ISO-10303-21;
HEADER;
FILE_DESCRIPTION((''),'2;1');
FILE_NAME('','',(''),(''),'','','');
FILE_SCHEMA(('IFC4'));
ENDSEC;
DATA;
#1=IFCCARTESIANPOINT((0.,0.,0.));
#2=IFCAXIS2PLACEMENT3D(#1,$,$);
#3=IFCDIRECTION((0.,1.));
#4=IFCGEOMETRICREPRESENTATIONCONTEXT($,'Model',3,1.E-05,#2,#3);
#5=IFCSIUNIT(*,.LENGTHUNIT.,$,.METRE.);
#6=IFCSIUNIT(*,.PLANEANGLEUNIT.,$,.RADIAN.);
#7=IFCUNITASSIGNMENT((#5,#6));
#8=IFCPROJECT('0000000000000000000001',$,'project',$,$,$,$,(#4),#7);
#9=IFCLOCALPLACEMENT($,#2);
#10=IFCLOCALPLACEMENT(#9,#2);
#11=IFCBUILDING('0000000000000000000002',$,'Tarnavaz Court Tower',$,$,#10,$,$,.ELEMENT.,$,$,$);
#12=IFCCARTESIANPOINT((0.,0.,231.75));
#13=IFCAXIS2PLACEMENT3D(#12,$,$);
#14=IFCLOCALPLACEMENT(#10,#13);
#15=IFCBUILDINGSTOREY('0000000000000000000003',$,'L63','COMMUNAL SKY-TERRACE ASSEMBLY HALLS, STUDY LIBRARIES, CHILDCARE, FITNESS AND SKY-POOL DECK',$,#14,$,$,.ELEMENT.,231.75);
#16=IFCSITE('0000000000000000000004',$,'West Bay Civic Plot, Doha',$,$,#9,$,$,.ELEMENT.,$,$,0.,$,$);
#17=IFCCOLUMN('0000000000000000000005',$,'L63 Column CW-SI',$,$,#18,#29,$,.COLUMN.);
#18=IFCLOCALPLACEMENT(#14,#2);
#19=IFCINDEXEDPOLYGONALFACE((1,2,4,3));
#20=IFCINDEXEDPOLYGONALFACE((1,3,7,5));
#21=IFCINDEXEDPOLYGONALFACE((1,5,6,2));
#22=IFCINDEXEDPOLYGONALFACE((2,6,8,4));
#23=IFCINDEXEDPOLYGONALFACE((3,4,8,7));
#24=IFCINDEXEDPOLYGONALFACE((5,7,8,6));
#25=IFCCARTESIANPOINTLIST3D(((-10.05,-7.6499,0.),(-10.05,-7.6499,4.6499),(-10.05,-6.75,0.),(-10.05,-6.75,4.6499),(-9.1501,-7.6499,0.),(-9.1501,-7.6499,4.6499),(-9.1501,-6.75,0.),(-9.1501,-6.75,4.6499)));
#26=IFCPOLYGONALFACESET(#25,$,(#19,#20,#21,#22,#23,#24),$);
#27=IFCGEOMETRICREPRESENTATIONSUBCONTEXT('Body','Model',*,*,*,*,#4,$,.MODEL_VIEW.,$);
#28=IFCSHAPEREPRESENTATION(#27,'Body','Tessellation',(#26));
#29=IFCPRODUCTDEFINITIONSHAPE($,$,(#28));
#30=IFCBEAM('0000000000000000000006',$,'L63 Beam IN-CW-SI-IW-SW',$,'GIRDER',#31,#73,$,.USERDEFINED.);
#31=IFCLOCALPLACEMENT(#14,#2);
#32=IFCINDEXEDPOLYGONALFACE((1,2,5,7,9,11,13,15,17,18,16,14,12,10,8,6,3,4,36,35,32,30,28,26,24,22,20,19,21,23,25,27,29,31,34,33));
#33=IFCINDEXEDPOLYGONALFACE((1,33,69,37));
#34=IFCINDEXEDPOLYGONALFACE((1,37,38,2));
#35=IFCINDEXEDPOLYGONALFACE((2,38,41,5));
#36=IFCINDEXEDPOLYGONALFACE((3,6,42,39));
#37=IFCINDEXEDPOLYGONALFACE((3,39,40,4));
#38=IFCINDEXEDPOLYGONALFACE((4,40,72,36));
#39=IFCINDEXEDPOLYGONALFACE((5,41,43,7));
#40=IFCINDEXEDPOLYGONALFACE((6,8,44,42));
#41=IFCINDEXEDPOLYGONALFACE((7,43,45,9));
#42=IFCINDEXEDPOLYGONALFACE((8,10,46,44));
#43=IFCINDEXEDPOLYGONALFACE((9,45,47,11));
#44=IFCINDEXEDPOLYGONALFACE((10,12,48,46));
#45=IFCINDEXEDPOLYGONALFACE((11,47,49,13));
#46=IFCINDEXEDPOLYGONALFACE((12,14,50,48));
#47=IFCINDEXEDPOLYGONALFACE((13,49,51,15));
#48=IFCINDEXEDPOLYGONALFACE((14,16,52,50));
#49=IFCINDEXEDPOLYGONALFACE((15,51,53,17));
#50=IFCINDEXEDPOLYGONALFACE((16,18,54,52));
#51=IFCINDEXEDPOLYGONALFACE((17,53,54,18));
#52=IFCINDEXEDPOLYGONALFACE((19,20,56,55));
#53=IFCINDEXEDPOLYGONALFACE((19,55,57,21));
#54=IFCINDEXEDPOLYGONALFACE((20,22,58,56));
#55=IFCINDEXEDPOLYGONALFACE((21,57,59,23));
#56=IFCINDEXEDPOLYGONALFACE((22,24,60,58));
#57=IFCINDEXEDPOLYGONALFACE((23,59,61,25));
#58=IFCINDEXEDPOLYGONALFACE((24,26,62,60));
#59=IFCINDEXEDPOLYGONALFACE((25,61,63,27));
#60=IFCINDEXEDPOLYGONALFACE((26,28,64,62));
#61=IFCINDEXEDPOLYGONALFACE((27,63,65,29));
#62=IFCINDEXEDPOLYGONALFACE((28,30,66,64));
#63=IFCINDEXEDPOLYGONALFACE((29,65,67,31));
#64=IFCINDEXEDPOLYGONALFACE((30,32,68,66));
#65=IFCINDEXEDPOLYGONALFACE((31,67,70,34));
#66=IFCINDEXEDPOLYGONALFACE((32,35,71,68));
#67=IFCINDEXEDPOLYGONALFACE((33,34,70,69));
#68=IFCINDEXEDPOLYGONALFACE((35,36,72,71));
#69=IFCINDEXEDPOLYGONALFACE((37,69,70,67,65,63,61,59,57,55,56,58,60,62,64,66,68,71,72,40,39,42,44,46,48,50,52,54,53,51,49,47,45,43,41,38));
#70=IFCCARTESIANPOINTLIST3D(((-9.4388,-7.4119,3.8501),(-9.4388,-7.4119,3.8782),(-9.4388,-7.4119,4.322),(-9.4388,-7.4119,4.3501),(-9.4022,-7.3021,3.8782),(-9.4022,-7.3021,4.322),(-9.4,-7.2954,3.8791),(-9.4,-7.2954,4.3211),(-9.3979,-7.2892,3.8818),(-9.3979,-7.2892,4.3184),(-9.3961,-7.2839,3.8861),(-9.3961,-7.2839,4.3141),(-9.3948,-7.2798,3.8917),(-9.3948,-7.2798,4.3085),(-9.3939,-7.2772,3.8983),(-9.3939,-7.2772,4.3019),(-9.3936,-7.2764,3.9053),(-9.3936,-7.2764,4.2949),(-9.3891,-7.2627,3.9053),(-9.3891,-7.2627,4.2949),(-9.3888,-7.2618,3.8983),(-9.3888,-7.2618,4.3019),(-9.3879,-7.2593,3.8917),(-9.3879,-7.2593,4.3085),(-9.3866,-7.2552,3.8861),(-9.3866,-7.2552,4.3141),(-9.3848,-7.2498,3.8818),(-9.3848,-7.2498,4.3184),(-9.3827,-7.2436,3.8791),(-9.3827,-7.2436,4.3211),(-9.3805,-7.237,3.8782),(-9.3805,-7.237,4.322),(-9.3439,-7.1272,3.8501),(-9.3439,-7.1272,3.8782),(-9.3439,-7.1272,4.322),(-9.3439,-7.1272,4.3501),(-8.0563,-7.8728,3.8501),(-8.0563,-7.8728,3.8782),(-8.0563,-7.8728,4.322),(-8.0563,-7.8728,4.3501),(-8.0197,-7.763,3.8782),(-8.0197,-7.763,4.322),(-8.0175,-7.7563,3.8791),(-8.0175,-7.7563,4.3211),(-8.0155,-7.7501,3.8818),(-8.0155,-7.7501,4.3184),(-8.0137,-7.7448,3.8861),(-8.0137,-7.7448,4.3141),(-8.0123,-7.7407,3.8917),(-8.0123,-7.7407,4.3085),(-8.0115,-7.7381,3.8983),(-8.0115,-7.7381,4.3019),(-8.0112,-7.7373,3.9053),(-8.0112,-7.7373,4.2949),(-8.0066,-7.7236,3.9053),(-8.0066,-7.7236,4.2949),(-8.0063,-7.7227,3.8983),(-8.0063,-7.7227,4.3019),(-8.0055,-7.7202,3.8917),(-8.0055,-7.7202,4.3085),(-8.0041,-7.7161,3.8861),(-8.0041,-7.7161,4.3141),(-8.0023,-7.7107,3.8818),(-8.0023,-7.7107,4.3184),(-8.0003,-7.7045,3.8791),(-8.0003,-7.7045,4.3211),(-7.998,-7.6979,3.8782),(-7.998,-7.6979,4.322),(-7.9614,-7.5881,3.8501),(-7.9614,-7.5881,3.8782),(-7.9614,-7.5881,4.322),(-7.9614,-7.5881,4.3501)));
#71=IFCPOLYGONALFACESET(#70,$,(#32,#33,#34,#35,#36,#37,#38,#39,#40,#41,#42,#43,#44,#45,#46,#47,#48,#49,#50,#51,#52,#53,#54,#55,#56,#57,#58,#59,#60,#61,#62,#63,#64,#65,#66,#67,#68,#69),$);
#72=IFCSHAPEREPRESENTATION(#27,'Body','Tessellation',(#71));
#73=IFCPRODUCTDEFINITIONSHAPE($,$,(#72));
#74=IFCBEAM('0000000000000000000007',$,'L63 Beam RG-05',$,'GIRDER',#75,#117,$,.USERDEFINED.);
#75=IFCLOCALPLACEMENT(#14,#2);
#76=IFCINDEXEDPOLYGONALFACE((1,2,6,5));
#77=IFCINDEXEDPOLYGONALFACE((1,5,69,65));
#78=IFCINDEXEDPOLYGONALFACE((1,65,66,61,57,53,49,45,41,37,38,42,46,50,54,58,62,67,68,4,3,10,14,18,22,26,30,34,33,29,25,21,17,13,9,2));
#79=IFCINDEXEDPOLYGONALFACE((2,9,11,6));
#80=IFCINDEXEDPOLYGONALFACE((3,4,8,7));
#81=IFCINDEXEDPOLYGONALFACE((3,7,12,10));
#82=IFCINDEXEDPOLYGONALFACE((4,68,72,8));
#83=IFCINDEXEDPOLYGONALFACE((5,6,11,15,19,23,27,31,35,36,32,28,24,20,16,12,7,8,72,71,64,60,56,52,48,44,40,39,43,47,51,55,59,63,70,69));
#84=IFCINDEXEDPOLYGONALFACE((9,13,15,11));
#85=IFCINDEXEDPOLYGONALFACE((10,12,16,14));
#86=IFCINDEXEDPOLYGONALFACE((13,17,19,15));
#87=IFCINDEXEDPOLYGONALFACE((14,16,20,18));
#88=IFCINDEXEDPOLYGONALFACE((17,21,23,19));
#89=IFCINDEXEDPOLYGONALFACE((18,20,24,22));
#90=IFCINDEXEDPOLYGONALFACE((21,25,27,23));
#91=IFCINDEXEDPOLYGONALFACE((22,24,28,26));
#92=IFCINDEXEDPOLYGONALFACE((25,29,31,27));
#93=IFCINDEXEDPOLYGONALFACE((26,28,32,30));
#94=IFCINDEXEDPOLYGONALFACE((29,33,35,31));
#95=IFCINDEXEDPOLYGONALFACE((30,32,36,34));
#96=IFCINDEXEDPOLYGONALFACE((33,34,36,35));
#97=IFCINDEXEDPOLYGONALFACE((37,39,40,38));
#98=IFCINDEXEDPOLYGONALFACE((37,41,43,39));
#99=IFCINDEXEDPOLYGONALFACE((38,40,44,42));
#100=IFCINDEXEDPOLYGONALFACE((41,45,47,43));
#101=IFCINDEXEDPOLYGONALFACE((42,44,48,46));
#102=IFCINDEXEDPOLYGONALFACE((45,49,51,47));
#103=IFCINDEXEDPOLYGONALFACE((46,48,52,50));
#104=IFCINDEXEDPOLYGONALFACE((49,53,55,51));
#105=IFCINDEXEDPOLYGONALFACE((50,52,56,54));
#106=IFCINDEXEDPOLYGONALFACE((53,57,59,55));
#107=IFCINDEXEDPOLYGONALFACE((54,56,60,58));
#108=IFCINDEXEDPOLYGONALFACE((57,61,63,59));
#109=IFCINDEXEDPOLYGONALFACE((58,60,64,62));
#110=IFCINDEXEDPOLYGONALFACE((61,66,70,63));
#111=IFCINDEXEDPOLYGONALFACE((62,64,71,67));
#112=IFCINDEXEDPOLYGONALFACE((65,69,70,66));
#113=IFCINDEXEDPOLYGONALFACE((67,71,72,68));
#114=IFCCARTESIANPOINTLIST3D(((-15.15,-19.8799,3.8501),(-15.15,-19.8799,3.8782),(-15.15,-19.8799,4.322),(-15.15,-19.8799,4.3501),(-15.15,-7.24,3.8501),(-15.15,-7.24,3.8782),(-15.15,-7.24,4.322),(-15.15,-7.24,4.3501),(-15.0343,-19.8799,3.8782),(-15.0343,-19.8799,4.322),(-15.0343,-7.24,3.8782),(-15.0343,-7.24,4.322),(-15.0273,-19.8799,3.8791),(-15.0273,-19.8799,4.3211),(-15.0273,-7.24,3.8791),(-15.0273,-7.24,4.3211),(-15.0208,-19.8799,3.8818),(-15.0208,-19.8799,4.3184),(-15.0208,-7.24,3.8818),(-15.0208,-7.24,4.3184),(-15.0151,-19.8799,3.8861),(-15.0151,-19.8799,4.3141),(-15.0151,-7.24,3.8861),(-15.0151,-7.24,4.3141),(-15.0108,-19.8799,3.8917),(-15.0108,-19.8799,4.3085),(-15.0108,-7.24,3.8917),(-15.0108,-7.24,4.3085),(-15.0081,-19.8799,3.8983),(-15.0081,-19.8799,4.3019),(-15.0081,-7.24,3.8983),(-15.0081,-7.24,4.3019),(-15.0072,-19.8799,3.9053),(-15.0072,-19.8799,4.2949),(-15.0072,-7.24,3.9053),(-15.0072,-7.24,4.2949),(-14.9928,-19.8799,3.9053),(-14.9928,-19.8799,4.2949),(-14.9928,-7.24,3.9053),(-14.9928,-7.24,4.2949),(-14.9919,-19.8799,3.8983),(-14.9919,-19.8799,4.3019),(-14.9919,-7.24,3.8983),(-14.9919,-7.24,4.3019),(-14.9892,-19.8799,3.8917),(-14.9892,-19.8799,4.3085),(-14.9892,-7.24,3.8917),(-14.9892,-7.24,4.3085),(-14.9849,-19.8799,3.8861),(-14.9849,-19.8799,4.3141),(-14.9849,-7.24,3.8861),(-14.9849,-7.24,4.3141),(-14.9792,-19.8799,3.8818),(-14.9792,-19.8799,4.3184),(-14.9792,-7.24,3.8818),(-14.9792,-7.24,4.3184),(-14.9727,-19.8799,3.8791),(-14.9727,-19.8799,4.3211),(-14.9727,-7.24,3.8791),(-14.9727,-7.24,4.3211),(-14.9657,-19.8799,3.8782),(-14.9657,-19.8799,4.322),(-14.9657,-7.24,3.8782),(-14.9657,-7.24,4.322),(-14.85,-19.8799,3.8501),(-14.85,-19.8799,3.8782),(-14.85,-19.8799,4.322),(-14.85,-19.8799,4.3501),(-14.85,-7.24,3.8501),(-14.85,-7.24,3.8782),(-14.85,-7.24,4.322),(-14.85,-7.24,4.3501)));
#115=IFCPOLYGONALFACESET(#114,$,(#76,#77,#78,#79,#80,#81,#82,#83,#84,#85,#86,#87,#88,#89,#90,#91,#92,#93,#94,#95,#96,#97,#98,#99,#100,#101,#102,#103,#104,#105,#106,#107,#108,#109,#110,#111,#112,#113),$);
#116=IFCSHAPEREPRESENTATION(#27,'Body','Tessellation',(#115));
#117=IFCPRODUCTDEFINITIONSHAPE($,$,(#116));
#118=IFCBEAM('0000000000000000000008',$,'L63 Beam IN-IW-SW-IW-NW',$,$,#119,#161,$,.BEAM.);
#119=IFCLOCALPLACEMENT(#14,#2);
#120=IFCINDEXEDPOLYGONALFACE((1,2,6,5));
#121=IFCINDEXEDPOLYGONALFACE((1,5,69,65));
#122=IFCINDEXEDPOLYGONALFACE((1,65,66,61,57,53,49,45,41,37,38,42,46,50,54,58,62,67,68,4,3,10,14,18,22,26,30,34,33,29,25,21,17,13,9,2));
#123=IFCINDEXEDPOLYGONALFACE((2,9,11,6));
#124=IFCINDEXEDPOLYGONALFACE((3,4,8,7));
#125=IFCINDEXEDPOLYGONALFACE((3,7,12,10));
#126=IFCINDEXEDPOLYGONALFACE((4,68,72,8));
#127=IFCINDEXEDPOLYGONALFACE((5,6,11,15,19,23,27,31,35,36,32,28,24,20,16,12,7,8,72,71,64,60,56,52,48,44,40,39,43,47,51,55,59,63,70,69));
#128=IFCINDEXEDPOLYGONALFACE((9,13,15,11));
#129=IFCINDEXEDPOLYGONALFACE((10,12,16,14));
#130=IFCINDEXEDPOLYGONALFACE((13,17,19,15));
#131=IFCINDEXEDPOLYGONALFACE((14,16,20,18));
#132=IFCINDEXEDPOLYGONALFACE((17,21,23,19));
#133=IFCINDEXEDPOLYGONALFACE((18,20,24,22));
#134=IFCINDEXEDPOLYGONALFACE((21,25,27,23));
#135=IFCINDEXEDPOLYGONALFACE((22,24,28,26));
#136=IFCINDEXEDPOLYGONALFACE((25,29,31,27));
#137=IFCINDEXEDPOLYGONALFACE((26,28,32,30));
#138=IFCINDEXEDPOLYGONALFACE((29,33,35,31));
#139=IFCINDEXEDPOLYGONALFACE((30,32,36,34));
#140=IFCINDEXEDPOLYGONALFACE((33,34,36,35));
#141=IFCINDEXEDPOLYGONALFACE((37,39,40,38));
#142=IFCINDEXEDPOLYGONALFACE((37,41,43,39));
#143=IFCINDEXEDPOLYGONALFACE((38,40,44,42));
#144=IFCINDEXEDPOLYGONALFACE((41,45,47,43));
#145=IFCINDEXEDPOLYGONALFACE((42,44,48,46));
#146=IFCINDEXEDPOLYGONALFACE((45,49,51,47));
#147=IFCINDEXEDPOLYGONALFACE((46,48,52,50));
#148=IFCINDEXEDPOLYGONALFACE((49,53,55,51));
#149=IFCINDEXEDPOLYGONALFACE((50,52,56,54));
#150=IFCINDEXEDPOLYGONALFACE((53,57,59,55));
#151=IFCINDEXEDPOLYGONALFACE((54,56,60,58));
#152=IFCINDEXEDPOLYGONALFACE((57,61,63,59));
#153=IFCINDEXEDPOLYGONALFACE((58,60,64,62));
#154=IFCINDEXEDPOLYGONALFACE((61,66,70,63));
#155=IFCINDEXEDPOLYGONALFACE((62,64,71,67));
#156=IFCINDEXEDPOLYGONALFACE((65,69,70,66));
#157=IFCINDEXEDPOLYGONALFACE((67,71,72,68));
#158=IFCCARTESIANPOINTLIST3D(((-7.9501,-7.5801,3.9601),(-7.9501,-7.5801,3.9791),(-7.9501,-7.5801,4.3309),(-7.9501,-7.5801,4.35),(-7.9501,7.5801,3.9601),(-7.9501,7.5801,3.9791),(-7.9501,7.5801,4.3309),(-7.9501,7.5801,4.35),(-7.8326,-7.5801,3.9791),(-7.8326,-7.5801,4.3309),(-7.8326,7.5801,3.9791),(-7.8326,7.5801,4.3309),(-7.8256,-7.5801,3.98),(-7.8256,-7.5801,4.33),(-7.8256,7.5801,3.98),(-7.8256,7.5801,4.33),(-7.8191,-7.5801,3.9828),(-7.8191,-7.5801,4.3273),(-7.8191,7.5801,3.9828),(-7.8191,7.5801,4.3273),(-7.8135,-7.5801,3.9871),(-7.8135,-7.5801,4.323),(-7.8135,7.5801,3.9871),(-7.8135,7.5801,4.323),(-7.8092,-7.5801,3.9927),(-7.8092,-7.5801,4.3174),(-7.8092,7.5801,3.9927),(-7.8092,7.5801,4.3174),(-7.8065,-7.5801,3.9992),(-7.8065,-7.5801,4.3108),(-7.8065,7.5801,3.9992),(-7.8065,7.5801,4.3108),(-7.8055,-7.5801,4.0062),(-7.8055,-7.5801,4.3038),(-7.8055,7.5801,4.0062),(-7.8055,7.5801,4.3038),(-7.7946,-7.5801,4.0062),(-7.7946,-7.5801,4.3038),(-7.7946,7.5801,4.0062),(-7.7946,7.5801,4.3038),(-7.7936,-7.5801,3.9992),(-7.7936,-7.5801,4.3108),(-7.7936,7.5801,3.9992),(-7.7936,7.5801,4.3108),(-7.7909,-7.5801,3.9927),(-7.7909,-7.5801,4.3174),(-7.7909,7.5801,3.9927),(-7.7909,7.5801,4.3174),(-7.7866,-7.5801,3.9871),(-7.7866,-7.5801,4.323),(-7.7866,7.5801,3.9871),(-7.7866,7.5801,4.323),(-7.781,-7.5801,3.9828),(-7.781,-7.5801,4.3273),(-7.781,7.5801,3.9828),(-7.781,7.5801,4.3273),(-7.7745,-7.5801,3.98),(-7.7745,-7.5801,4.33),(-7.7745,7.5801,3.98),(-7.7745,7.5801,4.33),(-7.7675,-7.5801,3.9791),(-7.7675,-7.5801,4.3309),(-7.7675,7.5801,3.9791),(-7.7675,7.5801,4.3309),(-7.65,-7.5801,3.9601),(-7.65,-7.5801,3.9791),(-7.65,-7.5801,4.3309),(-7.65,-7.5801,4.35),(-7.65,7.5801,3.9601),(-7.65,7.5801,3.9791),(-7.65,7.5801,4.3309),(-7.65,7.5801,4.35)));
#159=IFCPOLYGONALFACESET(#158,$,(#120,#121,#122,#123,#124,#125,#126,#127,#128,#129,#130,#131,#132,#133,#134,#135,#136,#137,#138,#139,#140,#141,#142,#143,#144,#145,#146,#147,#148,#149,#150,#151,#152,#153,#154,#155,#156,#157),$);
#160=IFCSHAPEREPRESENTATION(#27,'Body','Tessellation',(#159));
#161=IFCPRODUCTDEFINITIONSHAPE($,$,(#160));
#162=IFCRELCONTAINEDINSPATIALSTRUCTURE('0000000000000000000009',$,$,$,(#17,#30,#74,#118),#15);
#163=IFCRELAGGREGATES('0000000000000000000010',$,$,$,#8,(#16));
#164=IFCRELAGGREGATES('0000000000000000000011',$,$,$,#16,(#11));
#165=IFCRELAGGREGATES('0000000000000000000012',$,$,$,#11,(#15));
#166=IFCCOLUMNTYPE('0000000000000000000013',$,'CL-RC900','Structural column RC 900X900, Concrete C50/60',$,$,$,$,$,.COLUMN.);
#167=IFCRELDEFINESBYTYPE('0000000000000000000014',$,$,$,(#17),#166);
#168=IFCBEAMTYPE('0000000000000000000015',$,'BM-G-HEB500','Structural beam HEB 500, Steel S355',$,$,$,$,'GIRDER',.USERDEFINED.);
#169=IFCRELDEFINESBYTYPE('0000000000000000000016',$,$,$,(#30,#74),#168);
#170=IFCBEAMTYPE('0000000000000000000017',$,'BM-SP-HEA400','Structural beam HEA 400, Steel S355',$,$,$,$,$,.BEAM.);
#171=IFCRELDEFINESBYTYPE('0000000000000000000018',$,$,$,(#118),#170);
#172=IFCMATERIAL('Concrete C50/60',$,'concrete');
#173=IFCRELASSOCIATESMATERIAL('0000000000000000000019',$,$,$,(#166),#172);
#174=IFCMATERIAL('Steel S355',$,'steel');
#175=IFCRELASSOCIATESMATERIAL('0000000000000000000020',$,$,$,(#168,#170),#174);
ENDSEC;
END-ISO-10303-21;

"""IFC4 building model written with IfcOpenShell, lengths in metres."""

from ifc_helpers import new_model, si_unit, direction, frame, origin, origin_2d, place, context, subcontext, project, spatial, rectangle, i_section, extrude, material, material_profile, profile_set, type_object, element, save


model = new_model("IFC4")

# Units and contexts
model_context = context("Model", 3, precision=1e-05, world=origin(), true_north=direction((0.0, 1.0)))
body_context = subcontext(model_context, "Body", "Model", "MODEL_VIEW")
ifc_project = project(units=[si_unit("LENGTHUNIT", "METRE"), si_unit("PLANEANGLEUNIT", "RADIAN")], contexts=[model_context])

# Site, building, storey
site_placement = place(None, origin())
site = spatial("IfcSite", under=ifc_project, at=site_placement, Name="West Bay Civic Plot, Doha", CompositionType="ELEMENT", RefElevation=0.0)
building_placement = place(site_placement, origin())
building = spatial("IfcBuilding", under=site, at=building_placement, Name="Tarnavaz Court Tower", CompositionType="ELEMENT")
storey_placement = place(building_placement, frame((0.0, 0.0, 231.75)))
storey = spatial("IfcBuildingStorey", under=building, at=storey_placement, Name="L63", Description="COMMUNAL SKY-TERRACE ASSEMBLY HALLS, STUDY LIBRARIES, CHILDCARE, FITNESS AND SKY-POOL DECK", CompositionType="ELEMENT", Elevation=231.75)

# Column
ifc_material_1 = material(Name="Concrete C50/60", Category="concrete")
ifc_material_profile_1 = material_profile(ifc_material_1, rectangle(XDim=0.8999, YDim=0.8999, at=origin_2d()), Name="RC 900X900")
ifc_profile_set_1 = profile_set([ifc_material_profile_1], Name="Concrete C50/60")
column_type = type_object("IfcColumnType", Name="CL-RC900", Description="Structural column RC 900X900, Concrete C50/60", PredefinedType="COLUMN", material=ifc_profile_set_1)
column_placement = place(storey_placement, frame((-9.6001, -7.2, 0.0), z_axis=(0.0, 0.0, 1.0), x_axis=(1.0, 0.0, 0.0)))
element("IfcColumn", 1, at=column_placement, inside=storey, type_object=column_type, Name="L63 Column CW-SI", PredefinedType="COLUMN", context=body_context, shape_type="SweptSolid", body=[
    extrude(rectangle(XDim=0.8999, YDim=0.8999, at=origin_2d()), origin(), (0.0, 0.0, 1.0), 4.6499),
])

# Beams
ifc_material_2 = material(Name="Steel S355", Category="steel")
ifc_material_profile_2 = material_profile(ifc_material_2, i_section(OverallWidth=0.3, OverallDepth=0.5, WebThickness=0.0144, FlangeThickness=0.0281, FilletRadius=0.0271, at=origin_2d()), Name="HEB 500")
ifc_profile_set_2 = profile_set([ifc_material_profile_2], Name="Steel S355")
beam_type_1 = type_object("IfcBeamType", Name="BM-G-HEB500", Description="Structural beam HEB 500, Steel S355", ElementType="GIRDER", PredefinedType="USERDEFINED", material=ifc_profile_set_2)
beam_1_placement = place(storey_placement, frame((-9.3914, -7.2695, 4.1001), z_axis=(0.948667, -0.316278, 0.0), x_axis=(0.316278, 0.948667, 0.0)))
element("IfcBeam", 2, at=beam_1_placement, inside=storey, type_object=beam_type_1, Name="L63 Beam IN-CW-SI-IW-SW", ObjectType="GIRDER", PredefinedType="USERDEFINED", context=body_context, shape_type="SweptSolid", body=[
    extrude(i_section(OverallWidth=0.3, OverallDepth=0.5, WebThickness=0.0144, FlangeThickness=0.0281, FilletRadius=0.0271, at=origin_2d()), origin(), (0.0, 0.0, 1.0), 1.4573),
])
beam_2_placement = place(storey_placement, frame((-15.0, -7.24, 4.1001), z_axis=(0.0, -1.0, 0.0), x_axis=(1.0, 0.0, 0.0)))
element("IfcBeam", 3, at=beam_2_placement, inside=storey, type_object=beam_type_1, Name="L63 Beam RG-05", ObjectType="GIRDER", PredefinedType="USERDEFINED", context=body_context, shape_type="SweptSolid", body=[
    extrude(i_section(OverallWidth=0.3, OverallDepth=0.5, WebThickness=0.0144, FlangeThickness=0.0281, FilletRadius=0.0271, at=origin_2d()), origin(), (0.0, 0.0, 1.0), 12.6399),
])
ifc_material_profile_3 = material_profile(ifc_material_2, i_section(OverallWidth=0.3, OverallDepth=0.3899, WebThickness=0.011, FlangeThickness=0.019, FilletRadius=0.0271, at=origin_2d()), Name="HEA 400")
ifc_profile_set_3 = profile_set([ifc_material_profile_3], Name="Steel S355")
beam_type_2 = type_object("IfcBeamType", Name="BM-SP-HEA400", Description="Structural beam HEA 400, Steel S355", PredefinedType="BEAM", material=ifc_profile_set_3)
beam_3_placement = place(storey_placement, frame((-7.8, -7.5801, 4.155), z_axis=(0.0, 1.0, 0.0), x_axis=(-1.0, 0.0, 0.0)))
element("IfcBeam", 4, at=beam_3_placement, inside=storey, type_object=beam_type_2, Name="L63 Beam IN-IW-SW-IW-NW", PredefinedType="BEAM", context=body_context, shape_type="SweptSolid", body=[
    extrude(i_section(OverallWidth=0.3, OverallDepth=0.3899, WebThickness=0.011, FlangeThickness=0.019, FilletRadius=0.0271, at=origin_2d()), origin(), (0.0, 0.0, 1.0), 15.1602),
])

save(model, "model.ifc")
